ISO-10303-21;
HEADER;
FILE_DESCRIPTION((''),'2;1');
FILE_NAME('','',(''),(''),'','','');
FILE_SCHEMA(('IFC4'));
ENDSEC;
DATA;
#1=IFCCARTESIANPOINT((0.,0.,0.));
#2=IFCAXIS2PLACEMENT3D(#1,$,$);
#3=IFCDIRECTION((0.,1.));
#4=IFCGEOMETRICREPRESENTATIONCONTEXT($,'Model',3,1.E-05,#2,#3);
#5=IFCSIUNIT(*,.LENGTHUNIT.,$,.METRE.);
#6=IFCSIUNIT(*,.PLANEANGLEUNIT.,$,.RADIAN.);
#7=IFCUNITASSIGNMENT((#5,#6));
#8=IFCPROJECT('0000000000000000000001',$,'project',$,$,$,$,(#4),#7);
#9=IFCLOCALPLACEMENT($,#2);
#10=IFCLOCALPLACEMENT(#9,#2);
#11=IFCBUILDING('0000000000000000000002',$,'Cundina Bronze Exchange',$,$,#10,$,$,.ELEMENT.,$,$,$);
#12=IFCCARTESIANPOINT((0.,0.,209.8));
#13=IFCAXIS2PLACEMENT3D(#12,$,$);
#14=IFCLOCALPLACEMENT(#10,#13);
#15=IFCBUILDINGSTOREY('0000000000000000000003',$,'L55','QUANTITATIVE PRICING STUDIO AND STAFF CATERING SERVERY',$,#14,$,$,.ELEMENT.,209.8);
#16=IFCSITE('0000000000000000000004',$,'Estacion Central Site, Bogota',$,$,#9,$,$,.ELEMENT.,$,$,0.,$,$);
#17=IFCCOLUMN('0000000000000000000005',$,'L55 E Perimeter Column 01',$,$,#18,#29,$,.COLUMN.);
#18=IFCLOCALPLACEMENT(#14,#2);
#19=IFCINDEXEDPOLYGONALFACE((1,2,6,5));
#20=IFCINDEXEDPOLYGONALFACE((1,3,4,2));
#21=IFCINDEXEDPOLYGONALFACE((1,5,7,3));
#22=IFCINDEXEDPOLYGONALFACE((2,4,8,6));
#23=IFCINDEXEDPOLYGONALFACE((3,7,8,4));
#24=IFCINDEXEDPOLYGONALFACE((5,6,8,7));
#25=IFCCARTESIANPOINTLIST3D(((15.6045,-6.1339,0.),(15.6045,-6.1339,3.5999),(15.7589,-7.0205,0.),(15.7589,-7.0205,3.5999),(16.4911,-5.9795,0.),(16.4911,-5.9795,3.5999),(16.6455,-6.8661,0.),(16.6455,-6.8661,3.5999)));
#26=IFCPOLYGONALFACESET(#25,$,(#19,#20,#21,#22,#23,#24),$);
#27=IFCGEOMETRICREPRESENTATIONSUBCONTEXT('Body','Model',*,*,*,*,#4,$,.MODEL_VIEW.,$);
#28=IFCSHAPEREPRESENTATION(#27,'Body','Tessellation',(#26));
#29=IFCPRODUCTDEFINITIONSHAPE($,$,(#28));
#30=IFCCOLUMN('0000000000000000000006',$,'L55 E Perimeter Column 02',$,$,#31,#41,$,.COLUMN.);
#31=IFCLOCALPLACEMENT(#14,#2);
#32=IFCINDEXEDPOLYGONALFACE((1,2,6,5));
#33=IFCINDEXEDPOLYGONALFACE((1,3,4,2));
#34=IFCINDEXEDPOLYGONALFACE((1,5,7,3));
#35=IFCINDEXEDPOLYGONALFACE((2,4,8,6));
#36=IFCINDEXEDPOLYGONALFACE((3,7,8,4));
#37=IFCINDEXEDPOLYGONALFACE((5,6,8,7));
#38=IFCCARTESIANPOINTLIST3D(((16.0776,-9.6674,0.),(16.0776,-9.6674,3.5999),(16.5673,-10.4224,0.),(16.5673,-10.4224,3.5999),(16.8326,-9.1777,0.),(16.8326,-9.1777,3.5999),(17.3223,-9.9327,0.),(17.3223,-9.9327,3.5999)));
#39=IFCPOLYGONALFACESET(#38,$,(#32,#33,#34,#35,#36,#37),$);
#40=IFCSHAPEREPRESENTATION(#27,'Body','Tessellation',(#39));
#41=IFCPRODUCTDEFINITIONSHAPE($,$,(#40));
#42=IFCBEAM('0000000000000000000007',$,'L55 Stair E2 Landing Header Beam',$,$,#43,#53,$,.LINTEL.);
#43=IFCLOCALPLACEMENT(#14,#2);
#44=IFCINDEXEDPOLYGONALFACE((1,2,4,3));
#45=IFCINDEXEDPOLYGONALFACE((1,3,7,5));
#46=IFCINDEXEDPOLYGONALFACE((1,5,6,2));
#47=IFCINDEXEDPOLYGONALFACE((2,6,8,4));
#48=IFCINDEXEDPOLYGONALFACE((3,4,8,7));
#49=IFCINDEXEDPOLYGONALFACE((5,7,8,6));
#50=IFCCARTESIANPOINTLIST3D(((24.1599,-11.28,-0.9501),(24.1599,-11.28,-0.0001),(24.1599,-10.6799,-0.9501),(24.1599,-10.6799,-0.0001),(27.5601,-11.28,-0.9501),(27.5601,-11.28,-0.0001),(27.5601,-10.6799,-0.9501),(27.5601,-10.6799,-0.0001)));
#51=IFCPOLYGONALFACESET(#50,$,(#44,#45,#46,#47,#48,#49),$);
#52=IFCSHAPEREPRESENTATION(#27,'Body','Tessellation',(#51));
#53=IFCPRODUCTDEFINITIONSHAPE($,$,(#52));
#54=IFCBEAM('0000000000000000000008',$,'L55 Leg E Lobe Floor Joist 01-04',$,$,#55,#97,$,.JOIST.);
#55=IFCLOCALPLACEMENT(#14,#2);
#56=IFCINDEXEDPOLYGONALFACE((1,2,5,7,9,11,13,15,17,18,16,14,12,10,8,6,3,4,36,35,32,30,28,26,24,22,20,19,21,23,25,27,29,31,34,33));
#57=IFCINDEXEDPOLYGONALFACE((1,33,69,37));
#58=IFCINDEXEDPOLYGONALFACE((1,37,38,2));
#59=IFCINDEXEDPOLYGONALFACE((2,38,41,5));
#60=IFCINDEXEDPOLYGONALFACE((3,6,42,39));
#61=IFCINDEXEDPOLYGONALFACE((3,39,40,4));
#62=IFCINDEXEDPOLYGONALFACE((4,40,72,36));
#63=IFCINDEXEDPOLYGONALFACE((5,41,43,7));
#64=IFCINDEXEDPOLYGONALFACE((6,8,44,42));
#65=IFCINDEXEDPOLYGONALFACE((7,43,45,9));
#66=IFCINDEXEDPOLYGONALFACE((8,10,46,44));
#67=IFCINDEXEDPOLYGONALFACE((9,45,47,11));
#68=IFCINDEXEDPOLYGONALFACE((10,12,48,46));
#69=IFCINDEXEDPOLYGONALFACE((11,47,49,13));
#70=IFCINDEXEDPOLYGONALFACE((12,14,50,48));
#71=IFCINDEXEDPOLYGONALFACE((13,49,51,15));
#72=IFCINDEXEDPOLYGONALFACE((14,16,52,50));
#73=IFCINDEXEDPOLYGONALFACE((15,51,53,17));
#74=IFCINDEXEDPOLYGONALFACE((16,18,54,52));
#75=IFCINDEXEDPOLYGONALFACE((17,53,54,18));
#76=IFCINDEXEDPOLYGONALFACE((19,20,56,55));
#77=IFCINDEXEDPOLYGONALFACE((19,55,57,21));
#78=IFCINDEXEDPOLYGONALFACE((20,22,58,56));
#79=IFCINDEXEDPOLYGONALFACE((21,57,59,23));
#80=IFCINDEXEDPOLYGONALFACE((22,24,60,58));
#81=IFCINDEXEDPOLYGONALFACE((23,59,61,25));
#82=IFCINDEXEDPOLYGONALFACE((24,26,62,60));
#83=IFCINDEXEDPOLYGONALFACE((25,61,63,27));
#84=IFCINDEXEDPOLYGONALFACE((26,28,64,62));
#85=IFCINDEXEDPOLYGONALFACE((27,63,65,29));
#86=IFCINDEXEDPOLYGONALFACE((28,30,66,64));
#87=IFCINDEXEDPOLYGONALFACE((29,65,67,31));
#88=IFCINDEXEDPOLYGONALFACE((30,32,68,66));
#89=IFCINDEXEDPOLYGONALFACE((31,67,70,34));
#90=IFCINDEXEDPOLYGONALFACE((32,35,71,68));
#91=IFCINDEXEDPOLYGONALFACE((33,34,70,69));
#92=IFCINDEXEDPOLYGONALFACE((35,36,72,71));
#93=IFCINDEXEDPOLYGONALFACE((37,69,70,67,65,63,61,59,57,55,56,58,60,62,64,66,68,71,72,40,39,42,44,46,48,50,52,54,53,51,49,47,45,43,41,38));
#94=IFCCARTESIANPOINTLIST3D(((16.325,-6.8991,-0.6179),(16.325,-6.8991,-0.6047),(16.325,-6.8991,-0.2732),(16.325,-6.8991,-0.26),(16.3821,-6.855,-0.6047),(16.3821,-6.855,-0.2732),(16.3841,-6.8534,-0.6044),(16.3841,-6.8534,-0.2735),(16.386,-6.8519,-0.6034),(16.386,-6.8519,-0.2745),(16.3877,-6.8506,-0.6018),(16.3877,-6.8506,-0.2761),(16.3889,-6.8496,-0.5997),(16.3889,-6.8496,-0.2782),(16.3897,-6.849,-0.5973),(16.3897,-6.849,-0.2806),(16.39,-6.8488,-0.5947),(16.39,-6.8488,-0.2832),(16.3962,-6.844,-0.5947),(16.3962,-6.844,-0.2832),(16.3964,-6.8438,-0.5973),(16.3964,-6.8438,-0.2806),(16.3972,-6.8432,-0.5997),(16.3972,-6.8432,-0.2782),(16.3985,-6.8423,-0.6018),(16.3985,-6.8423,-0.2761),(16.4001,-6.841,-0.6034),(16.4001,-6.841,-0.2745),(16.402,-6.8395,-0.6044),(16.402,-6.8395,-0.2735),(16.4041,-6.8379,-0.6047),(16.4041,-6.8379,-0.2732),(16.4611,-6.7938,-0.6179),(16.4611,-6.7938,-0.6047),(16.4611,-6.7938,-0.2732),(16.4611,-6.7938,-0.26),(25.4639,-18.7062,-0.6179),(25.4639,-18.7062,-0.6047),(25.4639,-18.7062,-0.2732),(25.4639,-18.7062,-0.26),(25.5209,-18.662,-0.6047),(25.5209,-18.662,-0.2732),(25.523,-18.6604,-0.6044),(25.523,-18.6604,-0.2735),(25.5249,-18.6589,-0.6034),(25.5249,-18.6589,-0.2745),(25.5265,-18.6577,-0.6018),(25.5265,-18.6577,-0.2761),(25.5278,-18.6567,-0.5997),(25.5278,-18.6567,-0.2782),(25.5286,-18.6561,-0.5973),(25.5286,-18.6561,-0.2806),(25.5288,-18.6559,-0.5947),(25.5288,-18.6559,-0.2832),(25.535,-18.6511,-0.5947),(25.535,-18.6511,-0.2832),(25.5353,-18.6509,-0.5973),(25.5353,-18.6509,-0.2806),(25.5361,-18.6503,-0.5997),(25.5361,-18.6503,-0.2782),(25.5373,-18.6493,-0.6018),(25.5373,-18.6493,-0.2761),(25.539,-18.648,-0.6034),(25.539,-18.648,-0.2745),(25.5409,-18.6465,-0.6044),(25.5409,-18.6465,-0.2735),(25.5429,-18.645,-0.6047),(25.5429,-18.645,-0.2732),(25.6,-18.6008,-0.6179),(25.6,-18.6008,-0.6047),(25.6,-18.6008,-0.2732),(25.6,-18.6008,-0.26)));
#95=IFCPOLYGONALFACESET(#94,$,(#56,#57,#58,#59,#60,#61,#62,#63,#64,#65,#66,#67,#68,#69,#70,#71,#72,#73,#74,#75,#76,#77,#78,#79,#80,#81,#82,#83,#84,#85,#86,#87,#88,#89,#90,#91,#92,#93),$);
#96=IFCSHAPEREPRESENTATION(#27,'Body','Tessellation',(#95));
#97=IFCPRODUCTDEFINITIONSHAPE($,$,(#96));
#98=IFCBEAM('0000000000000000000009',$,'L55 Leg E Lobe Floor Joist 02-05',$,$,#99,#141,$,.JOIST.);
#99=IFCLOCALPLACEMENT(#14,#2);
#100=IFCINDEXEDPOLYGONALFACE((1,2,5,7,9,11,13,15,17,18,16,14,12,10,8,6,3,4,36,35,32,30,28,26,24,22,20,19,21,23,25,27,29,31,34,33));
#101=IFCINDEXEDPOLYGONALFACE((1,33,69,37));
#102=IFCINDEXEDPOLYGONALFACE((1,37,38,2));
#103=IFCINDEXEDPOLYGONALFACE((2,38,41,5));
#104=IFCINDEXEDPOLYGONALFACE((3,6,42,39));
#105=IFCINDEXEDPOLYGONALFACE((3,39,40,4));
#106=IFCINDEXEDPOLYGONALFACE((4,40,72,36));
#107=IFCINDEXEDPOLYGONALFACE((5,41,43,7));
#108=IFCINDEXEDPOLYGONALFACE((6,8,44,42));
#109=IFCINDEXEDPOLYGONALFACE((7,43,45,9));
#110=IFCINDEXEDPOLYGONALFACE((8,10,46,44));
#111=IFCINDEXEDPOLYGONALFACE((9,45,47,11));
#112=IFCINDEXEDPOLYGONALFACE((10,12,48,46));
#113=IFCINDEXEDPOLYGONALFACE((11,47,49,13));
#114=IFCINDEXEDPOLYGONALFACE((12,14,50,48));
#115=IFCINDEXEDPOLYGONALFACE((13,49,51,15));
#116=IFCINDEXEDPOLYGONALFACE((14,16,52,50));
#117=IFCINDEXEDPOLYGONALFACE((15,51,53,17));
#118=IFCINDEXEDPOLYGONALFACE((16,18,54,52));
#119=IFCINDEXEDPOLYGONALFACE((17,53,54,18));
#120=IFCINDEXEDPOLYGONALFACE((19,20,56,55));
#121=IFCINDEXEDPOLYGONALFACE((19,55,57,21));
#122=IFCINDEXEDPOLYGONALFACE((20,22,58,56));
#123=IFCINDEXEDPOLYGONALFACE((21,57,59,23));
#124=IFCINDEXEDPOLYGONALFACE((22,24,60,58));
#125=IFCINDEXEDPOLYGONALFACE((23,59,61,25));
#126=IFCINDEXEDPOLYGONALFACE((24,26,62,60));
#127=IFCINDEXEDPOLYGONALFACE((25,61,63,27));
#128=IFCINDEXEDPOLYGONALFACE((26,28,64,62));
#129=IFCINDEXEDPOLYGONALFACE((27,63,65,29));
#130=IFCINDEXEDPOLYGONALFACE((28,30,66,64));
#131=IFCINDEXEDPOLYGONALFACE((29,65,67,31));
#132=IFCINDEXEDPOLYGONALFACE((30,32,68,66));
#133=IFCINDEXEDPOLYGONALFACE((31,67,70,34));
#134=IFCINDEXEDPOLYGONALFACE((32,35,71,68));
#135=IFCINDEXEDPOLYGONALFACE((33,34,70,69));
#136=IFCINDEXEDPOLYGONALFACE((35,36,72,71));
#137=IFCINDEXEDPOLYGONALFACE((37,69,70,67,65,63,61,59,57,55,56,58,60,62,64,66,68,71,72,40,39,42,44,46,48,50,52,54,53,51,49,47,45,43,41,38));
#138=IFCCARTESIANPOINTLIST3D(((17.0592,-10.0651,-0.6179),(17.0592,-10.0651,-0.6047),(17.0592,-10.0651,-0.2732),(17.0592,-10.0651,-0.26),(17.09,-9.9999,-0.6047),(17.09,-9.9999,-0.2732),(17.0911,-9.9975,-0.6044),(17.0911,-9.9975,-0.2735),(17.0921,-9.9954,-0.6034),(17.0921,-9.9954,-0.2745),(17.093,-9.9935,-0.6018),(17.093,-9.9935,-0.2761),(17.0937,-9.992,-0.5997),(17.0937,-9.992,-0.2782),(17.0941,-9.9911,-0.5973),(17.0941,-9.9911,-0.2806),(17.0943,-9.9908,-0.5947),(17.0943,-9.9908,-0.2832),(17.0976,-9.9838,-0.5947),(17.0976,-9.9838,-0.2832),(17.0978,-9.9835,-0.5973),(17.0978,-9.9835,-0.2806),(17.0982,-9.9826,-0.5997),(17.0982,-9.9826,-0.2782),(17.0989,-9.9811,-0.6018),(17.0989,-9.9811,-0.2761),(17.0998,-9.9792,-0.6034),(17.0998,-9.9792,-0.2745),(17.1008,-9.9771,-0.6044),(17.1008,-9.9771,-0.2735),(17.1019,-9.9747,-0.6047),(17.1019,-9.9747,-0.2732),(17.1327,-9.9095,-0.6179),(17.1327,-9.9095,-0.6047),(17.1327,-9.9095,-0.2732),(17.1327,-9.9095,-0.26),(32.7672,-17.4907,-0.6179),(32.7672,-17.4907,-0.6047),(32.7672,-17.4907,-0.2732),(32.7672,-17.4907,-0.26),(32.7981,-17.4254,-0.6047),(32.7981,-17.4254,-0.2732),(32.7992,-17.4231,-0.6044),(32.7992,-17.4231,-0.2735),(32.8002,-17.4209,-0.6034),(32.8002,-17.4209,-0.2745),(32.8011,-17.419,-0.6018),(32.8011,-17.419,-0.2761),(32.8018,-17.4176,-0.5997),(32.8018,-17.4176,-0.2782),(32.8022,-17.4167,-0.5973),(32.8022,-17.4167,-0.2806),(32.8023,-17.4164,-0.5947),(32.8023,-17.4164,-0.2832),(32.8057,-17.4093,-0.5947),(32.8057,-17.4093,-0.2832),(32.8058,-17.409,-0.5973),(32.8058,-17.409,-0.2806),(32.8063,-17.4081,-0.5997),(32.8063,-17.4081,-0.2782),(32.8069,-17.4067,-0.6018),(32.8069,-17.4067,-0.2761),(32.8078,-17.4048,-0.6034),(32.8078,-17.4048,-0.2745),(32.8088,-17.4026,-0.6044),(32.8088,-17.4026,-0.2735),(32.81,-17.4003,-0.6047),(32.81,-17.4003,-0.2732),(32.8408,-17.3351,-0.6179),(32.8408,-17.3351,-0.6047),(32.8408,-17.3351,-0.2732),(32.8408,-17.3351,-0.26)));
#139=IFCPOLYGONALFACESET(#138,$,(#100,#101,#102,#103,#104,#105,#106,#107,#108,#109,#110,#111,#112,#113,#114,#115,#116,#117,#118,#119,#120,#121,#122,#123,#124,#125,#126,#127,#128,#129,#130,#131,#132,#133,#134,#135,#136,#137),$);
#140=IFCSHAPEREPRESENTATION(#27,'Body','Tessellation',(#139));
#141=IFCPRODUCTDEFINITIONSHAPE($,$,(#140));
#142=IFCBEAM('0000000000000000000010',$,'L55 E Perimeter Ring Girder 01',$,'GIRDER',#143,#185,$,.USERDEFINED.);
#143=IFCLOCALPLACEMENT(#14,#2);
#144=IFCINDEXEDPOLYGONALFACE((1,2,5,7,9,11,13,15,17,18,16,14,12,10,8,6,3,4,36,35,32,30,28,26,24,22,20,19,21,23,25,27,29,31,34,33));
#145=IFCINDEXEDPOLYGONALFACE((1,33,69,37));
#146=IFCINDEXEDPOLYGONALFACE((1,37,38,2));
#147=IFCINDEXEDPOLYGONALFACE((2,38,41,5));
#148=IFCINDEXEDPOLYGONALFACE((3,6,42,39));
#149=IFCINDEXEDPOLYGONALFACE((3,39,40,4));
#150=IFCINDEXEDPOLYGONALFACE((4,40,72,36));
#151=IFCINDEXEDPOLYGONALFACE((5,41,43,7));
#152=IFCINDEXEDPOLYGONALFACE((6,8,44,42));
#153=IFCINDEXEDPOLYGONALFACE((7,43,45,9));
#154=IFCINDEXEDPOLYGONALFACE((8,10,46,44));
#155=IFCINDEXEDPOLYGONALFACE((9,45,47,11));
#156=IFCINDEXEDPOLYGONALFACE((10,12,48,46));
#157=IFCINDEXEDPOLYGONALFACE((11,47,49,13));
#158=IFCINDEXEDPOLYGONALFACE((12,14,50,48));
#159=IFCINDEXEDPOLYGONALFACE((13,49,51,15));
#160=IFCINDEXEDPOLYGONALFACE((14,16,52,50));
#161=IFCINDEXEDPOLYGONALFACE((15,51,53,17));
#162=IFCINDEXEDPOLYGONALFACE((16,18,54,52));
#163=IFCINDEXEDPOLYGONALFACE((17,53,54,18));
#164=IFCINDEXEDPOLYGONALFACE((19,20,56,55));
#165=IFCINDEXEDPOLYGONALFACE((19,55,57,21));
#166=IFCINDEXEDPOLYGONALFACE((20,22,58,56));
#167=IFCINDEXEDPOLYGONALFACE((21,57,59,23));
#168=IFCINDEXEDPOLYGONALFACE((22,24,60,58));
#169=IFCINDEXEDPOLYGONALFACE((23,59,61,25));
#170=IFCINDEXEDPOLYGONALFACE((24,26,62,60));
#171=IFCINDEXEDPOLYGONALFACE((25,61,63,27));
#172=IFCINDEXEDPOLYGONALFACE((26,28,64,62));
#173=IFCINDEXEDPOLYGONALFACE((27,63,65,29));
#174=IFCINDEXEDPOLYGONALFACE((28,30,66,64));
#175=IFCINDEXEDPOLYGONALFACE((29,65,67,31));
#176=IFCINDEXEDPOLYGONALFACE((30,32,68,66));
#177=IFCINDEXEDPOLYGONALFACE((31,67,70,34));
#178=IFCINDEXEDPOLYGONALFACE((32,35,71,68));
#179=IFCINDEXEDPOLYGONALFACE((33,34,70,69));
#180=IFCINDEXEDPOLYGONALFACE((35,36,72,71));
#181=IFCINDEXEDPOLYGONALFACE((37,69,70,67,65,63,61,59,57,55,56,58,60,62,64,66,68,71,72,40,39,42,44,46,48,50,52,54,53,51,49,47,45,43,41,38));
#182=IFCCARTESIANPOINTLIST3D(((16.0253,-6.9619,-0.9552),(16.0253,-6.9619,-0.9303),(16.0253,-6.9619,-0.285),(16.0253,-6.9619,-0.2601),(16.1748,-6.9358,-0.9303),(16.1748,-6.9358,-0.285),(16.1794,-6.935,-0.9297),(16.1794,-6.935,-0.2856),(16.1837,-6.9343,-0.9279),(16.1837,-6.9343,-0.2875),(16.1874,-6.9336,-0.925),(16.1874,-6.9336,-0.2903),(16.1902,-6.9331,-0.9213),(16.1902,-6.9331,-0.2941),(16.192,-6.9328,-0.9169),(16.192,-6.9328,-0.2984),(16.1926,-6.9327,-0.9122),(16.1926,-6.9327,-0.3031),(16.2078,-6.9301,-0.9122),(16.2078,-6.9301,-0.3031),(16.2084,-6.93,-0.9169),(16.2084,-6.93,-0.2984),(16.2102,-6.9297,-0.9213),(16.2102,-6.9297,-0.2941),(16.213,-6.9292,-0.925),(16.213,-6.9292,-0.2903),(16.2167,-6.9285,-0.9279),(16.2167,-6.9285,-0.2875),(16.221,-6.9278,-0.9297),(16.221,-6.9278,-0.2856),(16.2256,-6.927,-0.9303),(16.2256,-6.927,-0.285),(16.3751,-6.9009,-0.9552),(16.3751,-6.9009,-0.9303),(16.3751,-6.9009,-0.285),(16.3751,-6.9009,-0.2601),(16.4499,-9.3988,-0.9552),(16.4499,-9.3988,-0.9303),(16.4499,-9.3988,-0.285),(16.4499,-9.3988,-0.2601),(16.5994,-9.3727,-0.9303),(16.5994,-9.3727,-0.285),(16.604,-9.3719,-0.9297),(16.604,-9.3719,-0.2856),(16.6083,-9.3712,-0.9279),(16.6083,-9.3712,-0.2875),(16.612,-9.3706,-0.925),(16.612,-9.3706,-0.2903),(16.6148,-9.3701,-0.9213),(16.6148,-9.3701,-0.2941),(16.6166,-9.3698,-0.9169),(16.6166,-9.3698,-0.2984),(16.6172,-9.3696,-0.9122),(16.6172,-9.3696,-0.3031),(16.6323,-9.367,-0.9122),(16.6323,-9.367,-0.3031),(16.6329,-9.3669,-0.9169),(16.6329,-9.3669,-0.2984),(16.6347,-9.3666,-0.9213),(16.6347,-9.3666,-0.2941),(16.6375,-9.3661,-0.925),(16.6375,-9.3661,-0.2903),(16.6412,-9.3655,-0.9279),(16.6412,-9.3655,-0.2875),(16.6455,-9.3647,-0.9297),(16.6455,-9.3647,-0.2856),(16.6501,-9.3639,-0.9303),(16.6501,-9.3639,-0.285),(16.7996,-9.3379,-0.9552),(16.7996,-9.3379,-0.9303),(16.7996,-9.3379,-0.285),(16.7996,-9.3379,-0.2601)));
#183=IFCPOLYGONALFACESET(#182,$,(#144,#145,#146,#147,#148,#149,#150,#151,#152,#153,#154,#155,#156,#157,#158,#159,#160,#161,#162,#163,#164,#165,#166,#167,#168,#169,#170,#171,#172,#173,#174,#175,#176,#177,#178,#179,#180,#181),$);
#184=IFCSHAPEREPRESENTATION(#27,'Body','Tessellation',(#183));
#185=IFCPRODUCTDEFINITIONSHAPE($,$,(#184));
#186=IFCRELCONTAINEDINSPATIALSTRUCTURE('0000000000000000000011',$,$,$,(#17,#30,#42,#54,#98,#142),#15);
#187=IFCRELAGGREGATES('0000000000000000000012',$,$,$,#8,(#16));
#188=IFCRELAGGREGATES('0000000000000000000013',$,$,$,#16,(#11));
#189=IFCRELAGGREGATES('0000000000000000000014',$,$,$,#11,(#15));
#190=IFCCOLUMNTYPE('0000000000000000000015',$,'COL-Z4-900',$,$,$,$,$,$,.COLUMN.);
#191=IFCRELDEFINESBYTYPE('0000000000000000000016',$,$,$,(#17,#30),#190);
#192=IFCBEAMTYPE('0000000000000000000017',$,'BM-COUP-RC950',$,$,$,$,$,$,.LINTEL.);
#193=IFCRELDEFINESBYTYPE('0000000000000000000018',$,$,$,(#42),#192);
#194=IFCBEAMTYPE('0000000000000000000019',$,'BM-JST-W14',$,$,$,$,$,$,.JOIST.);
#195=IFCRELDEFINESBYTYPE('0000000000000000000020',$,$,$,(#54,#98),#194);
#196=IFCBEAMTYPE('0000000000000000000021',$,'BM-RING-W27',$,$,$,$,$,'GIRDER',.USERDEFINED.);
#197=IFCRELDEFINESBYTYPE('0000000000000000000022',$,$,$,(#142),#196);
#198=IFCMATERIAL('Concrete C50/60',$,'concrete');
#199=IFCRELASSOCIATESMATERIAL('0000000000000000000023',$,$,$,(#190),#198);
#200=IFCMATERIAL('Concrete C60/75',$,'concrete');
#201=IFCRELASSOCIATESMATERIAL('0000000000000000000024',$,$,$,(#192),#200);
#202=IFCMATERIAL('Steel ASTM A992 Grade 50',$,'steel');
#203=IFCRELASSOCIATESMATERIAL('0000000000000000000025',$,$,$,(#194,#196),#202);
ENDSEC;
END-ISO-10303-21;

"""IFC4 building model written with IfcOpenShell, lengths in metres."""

from ifc_helpers import new_model, si_unit, direction, frame, origin, origin_2d, place, context, subcontext, project, spatial, rectangle, i_section, extrude, material, material_profile, profile_set, type_object, element, save


model = new_model("IFC4")

# Units and contexts
model_context = context("Model", 3, precision=1e-05, world=origin(), true_north=direction((0.0, 1.0)))
body_context = subcontext(model_context, "Body", "Model", "MODEL_VIEW")
ifc_project = project(units=[si_unit("LENGTHUNIT", "METRE"), si_unit("PLANEANGLEUNIT", "RADIAN")], contexts=[model_context])

# Site, building, storey
site_placement = place(None, origin())
site = spatial("IfcSite", under=ifc_project, at=site_placement, Name="Estacion Central Site, Bogota", CompositionType="ELEMENT", RefElevation=0.0)
building_placement = place(site_placement, origin())
building = spatial("IfcBuilding", under=site, at=building_placement, Name="Cundina Bronze Exchange", CompositionType="ELEMENT")
storey_placement = place(building_placement, frame((0.0, 0.0, 209.8)))
storey = spatial("IfcBuildingStorey", under=building, at=storey_placement, Name="L55", Description="QUANTITATIVE PRICING STUDIO AND STAFF CATERING SERVERY", CompositionType="ELEMENT", Elevation=209.8)

# Columns
ifc_material_1 = material(Name="Concrete C50/60", Category="concrete")
ifc_material_profile_1 = material_profile(ifc_material_1, rectangle(XDim=0.8999, YDim=0.8999, at=origin_2d()), Name="RC900X900", Category="concrete")
ifc_profile_set_1 = profile_set([ifc_material_profile_1], Name="Concrete C50/60")
column_type = type_object("IfcColumnType", Name="COL-Z4-900", PredefinedType="COLUMN", material=ifc_profile_set_1)
for number, where, z_axis, x_axis, name in (
    (1, (16.125, -6.5, 0.0), (0.0, 0.0, 1.0), (0.171585, -0.985169, 0.0), "L55 E Perimeter Column 01"),
    (2, (16.7, -9.8, 0.0), (0.0, 0.0, 1.0), (0.5442, -0.838956, 0.0), "L55 E Perimeter Column 02"),
):
    element("IfcColumn", number, at=place(storey_placement, frame(where, z_axis=z_axis, x_axis=x_axis)), inside=storey, type_object=column_type, Name=name, PredefinedType="COLUMN", context=body_context, shape_type="SweptSolid", body=[
        extrude(rectangle(XDim=0.8999, YDim=0.8999, at=origin_2d()), origin(), (0.0, 0.0, 1.0), 3.5999),
    ])

# Beams
ifc_material_2 = material(Name="Concrete C60/75", Category="concrete")
ifc_material_profile_2 = material_profile(ifc_material_2, rectangle(XDim=0.6001, YDim=0.95, at=origin_2d()), Name="RC600X950", Category="concrete")
ifc_profile_set_2 = profile_set([ifc_material_profile_2], Name="Concrete C60/75")
beam_type_1 = type_object("IfcBeamType", Name="BM-COUP-RC950", PredefinedType="LINTEL", material=ifc_profile_set_2)
beam_1_placement = place(storey_placement, frame((24.1599, -10.98, -0.4751), z_axis=(1.0, 0.0, 0.0), x_axis=(0.0, 1.0, 0.0)))
element("IfcBeam", 3, at=beam_1_placement, inside=storey, type_object=beam_type_1, Name="L55 Stair E2 Landing Header Beam", PredefinedType="LINTEL", context=body_context, shape_type="SweptSolid", body=[
    extrude(rectangle(XDim=0.6001, YDim=0.95, at=origin_2d()), origin(), (0.0, 0.0, 1.0), 3.4001),
])
ifc_material_3 = material(Name="Steel ASTM A992 Grade 50", Category="steel")
ifc_material_profile_3 = material_profile(ifc_material_3, i_section(OverallWidth=0.1721, OverallDepth=0.3579, WebThickness=0.0078, FlangeThickness=0.0132, FilletRadius=0.01, at=origin_2d()), Name="W14X38", Category="steel")
ifc_profile_set_3 = profile_set([ifc_material_profile_3], Name="Steel ASTM A992 Grade 50")
beam_type_2 = type_object("IfcBeamType", Name="BM-JST-W14", PredefinedType="JOIST", material=ifc_profile_set_3)
beam_2_placement = place(storey_placement, frame((16.3931, -6.8464, -0.439), z_axis=(0.612086, -0.790791, 0.0), x_axis=(0.790791, 0.612086, 0.0)))
element("IfcBeam", 4, at=beam_2_placement, inside=storey, type_object=beam_type_2, Name="L55 Leg E Lobe Floor Joist 01-04", PredefinedType="JOIST", context=body_context, shape_type="SweptSolid", body=[
    extrude(i_section(OverallWidth=0.1721, OverallDepth=0.3579, WebThickness=0.0078, FlangeThickness=0.0132, FilletRadius=0.01, at=origin_2d()), origin(), (0.0, 0.0, 1.0), 14.9307),
])
beam_3_placement = place(storey_placement, frame((17.0959, -9.9873, -0.439), z_axis=(0.904074, -0.427376, 0.0), x_axis=(0.427376, 0.904074, 0.0)))
element("IfcBeam", 5, at=beam_3_placement, inside=storey, type_object=beam_type_2, Name="L55 Leg E Lobe Floor Joist 02-05", PredefinedType="JOIST", context=body_context, shape_type="SweptSolid", body=[
    extrude(i_section(OverallWidth=0.1721, OverallDepth=0.3579, WebThickness=0.0078, FlangeThickness=0.0132, FilletRadius=0.01, at=origin_2d()), origin(), (0.0, 0.0, 1.0), 17.3748),
])
ifc_material_profile_4 = material_profile(ifc_material_3, i_section(OverallWidth=0.355, OverallDepth=0.6951, WebThickness=0.0154, FlangeThickness=0.0249, FilletRadius=0.0181, at=origin_2d()), Name="W27X146", Category="steel")
ifc_profile_set_4 = profile_set([ifc_material_profile_4], Name="Steel ASTM A992 Grade 50")
beam_type_3 = type_object("IfcBeamType", Name="BM-RING-W27", ElementType="GIRDER", PredefinedType="USERDEFINED", material=ifc_profile_set_4)
beam_4_placement = place(storey_placement, frame((16.2002, -6.9314, -0.6077), z_axis=(0.171629, -0.985162, 0.0), x_axis=(0.985162, 0.171629, 0.0)))
element("IfcBeam", 6, at=beam_4_placement, inside=storey, type_object=beam_type_3, Name="L55 E Perimeter Ring Girder 01", ObjectType="GIRDER", PredefinedType="USERDEFINED", context=body_context, shape_type="SweptSolid", body=[
    extrude(i_section(OverallWidth=0.355, OverallDepth=0.6951, WebThickness=0.0154, FlangeThickness=0.0249, FilletRadius=0.0181, at=origin_2d()), origin(), (0.0, 0.0, 1.0), 2.4736),
])

save(model, "model.ifc")
